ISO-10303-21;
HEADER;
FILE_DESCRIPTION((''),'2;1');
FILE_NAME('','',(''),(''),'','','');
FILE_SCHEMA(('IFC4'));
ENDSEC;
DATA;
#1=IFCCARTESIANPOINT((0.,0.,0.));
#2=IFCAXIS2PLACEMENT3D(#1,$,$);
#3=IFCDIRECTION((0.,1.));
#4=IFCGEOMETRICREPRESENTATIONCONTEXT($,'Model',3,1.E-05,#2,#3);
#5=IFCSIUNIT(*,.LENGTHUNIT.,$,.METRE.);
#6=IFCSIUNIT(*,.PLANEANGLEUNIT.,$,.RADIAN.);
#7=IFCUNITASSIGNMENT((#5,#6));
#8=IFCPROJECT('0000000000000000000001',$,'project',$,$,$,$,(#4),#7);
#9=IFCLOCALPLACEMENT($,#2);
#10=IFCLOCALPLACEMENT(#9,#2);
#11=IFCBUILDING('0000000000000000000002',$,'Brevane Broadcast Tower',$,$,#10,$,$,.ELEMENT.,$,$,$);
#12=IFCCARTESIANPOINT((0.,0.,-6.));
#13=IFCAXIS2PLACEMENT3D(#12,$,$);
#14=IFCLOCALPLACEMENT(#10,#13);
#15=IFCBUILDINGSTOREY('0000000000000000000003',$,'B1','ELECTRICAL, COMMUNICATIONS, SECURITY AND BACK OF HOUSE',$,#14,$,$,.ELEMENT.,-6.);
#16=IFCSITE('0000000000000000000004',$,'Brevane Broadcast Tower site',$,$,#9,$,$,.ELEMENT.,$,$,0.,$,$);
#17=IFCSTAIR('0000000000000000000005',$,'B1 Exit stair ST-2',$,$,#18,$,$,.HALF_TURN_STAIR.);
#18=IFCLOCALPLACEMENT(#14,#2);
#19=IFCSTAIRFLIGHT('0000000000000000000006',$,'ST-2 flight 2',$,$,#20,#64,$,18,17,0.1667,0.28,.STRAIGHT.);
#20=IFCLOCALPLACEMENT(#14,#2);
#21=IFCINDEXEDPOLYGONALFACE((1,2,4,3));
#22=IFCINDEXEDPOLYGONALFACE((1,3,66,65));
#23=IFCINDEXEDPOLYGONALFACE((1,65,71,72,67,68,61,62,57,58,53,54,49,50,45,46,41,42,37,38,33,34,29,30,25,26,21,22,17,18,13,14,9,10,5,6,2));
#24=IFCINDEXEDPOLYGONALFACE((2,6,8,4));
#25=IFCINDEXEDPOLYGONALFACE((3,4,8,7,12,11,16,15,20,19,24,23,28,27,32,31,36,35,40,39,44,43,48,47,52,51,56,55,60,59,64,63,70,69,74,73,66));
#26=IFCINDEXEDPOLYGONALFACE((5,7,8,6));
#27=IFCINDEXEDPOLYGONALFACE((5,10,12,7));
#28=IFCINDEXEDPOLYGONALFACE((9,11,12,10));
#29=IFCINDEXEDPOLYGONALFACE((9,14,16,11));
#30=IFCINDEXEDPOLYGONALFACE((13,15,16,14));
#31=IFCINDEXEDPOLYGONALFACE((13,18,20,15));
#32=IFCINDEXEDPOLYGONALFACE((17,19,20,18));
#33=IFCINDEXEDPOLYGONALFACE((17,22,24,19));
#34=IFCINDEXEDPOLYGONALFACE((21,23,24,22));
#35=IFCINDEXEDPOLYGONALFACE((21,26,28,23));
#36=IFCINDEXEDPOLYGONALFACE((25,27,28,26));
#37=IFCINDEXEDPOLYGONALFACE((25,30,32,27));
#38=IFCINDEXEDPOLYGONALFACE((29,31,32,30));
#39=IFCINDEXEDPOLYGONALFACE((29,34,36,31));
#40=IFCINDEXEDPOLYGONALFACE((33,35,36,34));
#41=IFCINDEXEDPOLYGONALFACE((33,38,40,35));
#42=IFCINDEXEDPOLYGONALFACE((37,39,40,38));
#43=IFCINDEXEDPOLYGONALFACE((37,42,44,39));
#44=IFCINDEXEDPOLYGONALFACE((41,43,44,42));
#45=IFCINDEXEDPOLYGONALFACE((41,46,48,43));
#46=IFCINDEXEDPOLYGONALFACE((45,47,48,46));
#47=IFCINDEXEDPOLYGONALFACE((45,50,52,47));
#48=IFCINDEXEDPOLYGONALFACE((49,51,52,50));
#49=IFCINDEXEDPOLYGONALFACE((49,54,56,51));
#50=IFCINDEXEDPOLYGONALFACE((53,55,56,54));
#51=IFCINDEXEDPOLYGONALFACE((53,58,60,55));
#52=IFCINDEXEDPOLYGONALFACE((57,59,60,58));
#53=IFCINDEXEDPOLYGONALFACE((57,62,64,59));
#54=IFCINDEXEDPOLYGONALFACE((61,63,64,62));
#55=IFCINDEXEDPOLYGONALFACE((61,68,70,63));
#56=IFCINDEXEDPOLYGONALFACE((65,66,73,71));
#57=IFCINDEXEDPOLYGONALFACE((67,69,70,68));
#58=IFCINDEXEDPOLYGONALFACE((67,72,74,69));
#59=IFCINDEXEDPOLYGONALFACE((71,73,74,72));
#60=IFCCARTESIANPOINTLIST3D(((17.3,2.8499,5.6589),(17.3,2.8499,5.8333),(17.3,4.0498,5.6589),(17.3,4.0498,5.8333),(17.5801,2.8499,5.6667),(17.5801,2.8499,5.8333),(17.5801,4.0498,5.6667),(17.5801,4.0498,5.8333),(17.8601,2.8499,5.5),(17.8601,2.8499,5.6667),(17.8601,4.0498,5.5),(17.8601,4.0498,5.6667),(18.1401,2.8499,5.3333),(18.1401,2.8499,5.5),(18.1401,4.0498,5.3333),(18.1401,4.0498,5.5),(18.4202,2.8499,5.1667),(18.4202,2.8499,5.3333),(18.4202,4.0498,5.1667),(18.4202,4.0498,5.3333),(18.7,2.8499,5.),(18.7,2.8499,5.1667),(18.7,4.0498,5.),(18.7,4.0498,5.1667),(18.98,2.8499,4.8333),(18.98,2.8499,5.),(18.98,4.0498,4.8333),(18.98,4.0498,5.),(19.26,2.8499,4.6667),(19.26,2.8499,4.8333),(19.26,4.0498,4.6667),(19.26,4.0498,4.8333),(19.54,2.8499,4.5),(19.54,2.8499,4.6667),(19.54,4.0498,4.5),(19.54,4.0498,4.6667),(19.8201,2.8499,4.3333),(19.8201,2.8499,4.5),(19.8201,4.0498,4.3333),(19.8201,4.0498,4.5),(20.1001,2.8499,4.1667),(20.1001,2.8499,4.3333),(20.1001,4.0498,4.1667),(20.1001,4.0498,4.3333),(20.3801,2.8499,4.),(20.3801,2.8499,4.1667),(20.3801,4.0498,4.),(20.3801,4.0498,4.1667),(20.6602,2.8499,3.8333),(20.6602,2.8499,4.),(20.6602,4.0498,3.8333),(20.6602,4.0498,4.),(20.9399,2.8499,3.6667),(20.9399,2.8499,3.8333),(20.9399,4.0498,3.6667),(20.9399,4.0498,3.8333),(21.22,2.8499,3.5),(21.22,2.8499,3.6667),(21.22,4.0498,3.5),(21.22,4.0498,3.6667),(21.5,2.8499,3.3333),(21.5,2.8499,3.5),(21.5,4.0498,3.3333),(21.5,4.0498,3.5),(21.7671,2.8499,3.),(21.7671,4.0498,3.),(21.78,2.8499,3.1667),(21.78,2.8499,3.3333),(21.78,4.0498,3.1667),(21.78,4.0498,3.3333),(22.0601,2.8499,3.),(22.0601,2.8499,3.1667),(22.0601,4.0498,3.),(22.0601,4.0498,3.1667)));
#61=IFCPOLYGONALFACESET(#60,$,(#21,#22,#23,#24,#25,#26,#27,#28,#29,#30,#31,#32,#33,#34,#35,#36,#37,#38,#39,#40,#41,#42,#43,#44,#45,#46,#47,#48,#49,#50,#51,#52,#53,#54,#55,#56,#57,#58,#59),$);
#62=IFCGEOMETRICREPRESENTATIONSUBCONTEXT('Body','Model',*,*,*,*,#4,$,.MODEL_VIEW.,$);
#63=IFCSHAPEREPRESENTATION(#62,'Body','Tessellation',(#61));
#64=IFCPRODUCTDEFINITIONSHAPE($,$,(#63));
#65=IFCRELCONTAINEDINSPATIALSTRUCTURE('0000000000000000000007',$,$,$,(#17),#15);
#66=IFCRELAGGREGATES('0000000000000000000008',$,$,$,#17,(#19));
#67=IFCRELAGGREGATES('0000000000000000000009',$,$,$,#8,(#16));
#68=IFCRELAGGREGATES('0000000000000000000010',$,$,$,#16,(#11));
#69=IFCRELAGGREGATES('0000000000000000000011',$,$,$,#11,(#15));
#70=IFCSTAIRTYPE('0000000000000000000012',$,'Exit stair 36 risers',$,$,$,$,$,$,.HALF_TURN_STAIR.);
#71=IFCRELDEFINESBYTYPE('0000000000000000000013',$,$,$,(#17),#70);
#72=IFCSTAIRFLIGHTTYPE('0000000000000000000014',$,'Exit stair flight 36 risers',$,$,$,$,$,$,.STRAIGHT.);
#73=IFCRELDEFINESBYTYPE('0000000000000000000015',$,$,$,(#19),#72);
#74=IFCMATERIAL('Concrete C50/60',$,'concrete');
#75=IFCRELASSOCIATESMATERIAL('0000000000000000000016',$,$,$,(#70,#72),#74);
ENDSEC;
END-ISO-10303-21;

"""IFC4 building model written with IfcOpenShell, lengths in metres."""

from ifc_helpers import new_model, si_unit, direction, frame, origin, place, context, subcontext, project, spatial, polyline, outline, extrude, material, type_object, element, aggregate, save


model = new_model("IFC4")

# Units and contexts
model_context = context("Model", 3, precision=1e-05, world=origin(), true_north=direction((0.0, 1.0)))
body_context = subcontext(model_context, "Body", "Model", "MODEL_VIEW")
ifc_project = project(units=[si_unit("LENGTHUNIT", "METRE"), si_unit("PLANEANGLEUNIT", "RADIAN")], contexts=[model_context])

# Site, building, storey
site_placement = place(None, origin())
site = spatial("IfcSite", under=ifc_project, at=site_placement, Name="Brevane Broadcast Tower site", CompositionType="ELEMENT", RefElevation=0.0)
building_placement = place(site_placement, origin())
building = spatial("IfcBuilding", under=site, at=building_placement, Name="Brevane Broadcast Tower", CompositionType="ELEMENT")
storey_placement = place(building_placement, frame((0.0, 0.0, -6.0)))
storey = spatial("IfcBuildingStorey", under=building, at=storey_placement, Name="B1", Description="ELECTRICAL, COMMUNICATIONS, SECURITY AND BACK OF HOUSE", CompositionType="ELEMENT", Elevation=-6.0)

# Stair, stair flight
ifc_material_1 = material(Name="Concrete C50/60", Category="concrete")
stair_type = type_object("IfcStairType", Name="Exit stair 36 risers", PredefinedType="HALF_TURN_STAIR", material=ifc_material_1)
stair_placement = place(storey_placement, origin())
stair = element("IfcStair", 1, at=stair_placement, inside=storey, type_object=stair_type, Name="B1 Exit stair ST-2", PredefinedType="HALF_TURN_STAIR")
stair_flight_type = type_object("IfcStairFlightType", Name="Exit stair flight 36 risers", PredefinedType="STRAIGHT", material=ifc_material_1)
stair_flight_1_placement = place(storey_placement, frame((22.0601, 3.45, 3.0), z_axis=(0.0, 0.0, 1.0), x_axis=(-1.0, 0.0, 0.0)))
stair_flight_1 = element("IfcStairFlight", 2, at=stair_flight_1_placement, type_object=stair_flight_type, Name="ST-2 flight 2", NumberOfRisers=18, NumberOfTreads=17, PredefinedType="STRAIGHT", RiserHeight=0.1667, TreadLength=0.28, context=body_context, shape_type="SweptSolid", body=[
    extrude(outline(polyline([(0.0, 0.0), (0.0, 0.1667), (0.28, 0.1667), (0.28, 0.3333), (0.5601, 0.3333), (0.5601, 0.5), (0.8401, 0.5), (0.8401, 0.6667), (1.1201, 0.6667), (1.1201, 0.8333), (1.3999, 0.8333), (1.3999, 1.0), (1.6799, 1.0), (1.6799, 1.1667), (1.96, 1.1667), (1.96, 1.3333), (2.24, 1.3333), (2.24, 1.5), (2.52, 1.5), (2.52, 1.6667), (2.8, 1.6667), (2.8, 1.8333), (3.0801, 1.8333), (3.0801, 2.0), (3.3601, 2.0), (3.3601, 2.1667), (3.6399, 2.1667), (3.6399, 2.3333), (3.9199, 2.3333), (3.9199, 2.5), (4.2, 2.5), (4.2, 2.6667), (4.48, 2.6667), (4.48, 2.8333), (4.76, 2.8333), (4.76, 3.0), (4.76, 2.6589), (0.293, 0.0), (0.0, 0.0)])), frame((0.0, 0.6001, 0.0), z_axis=(0.0, -1.0, 0.0), x_axis=(1.0, 0.0, 0.0)), (0.0, 0.0, 1.0), 1.2),
])
aggregate(stair, [stair_flight_1])

save(model, "model.ifc")
